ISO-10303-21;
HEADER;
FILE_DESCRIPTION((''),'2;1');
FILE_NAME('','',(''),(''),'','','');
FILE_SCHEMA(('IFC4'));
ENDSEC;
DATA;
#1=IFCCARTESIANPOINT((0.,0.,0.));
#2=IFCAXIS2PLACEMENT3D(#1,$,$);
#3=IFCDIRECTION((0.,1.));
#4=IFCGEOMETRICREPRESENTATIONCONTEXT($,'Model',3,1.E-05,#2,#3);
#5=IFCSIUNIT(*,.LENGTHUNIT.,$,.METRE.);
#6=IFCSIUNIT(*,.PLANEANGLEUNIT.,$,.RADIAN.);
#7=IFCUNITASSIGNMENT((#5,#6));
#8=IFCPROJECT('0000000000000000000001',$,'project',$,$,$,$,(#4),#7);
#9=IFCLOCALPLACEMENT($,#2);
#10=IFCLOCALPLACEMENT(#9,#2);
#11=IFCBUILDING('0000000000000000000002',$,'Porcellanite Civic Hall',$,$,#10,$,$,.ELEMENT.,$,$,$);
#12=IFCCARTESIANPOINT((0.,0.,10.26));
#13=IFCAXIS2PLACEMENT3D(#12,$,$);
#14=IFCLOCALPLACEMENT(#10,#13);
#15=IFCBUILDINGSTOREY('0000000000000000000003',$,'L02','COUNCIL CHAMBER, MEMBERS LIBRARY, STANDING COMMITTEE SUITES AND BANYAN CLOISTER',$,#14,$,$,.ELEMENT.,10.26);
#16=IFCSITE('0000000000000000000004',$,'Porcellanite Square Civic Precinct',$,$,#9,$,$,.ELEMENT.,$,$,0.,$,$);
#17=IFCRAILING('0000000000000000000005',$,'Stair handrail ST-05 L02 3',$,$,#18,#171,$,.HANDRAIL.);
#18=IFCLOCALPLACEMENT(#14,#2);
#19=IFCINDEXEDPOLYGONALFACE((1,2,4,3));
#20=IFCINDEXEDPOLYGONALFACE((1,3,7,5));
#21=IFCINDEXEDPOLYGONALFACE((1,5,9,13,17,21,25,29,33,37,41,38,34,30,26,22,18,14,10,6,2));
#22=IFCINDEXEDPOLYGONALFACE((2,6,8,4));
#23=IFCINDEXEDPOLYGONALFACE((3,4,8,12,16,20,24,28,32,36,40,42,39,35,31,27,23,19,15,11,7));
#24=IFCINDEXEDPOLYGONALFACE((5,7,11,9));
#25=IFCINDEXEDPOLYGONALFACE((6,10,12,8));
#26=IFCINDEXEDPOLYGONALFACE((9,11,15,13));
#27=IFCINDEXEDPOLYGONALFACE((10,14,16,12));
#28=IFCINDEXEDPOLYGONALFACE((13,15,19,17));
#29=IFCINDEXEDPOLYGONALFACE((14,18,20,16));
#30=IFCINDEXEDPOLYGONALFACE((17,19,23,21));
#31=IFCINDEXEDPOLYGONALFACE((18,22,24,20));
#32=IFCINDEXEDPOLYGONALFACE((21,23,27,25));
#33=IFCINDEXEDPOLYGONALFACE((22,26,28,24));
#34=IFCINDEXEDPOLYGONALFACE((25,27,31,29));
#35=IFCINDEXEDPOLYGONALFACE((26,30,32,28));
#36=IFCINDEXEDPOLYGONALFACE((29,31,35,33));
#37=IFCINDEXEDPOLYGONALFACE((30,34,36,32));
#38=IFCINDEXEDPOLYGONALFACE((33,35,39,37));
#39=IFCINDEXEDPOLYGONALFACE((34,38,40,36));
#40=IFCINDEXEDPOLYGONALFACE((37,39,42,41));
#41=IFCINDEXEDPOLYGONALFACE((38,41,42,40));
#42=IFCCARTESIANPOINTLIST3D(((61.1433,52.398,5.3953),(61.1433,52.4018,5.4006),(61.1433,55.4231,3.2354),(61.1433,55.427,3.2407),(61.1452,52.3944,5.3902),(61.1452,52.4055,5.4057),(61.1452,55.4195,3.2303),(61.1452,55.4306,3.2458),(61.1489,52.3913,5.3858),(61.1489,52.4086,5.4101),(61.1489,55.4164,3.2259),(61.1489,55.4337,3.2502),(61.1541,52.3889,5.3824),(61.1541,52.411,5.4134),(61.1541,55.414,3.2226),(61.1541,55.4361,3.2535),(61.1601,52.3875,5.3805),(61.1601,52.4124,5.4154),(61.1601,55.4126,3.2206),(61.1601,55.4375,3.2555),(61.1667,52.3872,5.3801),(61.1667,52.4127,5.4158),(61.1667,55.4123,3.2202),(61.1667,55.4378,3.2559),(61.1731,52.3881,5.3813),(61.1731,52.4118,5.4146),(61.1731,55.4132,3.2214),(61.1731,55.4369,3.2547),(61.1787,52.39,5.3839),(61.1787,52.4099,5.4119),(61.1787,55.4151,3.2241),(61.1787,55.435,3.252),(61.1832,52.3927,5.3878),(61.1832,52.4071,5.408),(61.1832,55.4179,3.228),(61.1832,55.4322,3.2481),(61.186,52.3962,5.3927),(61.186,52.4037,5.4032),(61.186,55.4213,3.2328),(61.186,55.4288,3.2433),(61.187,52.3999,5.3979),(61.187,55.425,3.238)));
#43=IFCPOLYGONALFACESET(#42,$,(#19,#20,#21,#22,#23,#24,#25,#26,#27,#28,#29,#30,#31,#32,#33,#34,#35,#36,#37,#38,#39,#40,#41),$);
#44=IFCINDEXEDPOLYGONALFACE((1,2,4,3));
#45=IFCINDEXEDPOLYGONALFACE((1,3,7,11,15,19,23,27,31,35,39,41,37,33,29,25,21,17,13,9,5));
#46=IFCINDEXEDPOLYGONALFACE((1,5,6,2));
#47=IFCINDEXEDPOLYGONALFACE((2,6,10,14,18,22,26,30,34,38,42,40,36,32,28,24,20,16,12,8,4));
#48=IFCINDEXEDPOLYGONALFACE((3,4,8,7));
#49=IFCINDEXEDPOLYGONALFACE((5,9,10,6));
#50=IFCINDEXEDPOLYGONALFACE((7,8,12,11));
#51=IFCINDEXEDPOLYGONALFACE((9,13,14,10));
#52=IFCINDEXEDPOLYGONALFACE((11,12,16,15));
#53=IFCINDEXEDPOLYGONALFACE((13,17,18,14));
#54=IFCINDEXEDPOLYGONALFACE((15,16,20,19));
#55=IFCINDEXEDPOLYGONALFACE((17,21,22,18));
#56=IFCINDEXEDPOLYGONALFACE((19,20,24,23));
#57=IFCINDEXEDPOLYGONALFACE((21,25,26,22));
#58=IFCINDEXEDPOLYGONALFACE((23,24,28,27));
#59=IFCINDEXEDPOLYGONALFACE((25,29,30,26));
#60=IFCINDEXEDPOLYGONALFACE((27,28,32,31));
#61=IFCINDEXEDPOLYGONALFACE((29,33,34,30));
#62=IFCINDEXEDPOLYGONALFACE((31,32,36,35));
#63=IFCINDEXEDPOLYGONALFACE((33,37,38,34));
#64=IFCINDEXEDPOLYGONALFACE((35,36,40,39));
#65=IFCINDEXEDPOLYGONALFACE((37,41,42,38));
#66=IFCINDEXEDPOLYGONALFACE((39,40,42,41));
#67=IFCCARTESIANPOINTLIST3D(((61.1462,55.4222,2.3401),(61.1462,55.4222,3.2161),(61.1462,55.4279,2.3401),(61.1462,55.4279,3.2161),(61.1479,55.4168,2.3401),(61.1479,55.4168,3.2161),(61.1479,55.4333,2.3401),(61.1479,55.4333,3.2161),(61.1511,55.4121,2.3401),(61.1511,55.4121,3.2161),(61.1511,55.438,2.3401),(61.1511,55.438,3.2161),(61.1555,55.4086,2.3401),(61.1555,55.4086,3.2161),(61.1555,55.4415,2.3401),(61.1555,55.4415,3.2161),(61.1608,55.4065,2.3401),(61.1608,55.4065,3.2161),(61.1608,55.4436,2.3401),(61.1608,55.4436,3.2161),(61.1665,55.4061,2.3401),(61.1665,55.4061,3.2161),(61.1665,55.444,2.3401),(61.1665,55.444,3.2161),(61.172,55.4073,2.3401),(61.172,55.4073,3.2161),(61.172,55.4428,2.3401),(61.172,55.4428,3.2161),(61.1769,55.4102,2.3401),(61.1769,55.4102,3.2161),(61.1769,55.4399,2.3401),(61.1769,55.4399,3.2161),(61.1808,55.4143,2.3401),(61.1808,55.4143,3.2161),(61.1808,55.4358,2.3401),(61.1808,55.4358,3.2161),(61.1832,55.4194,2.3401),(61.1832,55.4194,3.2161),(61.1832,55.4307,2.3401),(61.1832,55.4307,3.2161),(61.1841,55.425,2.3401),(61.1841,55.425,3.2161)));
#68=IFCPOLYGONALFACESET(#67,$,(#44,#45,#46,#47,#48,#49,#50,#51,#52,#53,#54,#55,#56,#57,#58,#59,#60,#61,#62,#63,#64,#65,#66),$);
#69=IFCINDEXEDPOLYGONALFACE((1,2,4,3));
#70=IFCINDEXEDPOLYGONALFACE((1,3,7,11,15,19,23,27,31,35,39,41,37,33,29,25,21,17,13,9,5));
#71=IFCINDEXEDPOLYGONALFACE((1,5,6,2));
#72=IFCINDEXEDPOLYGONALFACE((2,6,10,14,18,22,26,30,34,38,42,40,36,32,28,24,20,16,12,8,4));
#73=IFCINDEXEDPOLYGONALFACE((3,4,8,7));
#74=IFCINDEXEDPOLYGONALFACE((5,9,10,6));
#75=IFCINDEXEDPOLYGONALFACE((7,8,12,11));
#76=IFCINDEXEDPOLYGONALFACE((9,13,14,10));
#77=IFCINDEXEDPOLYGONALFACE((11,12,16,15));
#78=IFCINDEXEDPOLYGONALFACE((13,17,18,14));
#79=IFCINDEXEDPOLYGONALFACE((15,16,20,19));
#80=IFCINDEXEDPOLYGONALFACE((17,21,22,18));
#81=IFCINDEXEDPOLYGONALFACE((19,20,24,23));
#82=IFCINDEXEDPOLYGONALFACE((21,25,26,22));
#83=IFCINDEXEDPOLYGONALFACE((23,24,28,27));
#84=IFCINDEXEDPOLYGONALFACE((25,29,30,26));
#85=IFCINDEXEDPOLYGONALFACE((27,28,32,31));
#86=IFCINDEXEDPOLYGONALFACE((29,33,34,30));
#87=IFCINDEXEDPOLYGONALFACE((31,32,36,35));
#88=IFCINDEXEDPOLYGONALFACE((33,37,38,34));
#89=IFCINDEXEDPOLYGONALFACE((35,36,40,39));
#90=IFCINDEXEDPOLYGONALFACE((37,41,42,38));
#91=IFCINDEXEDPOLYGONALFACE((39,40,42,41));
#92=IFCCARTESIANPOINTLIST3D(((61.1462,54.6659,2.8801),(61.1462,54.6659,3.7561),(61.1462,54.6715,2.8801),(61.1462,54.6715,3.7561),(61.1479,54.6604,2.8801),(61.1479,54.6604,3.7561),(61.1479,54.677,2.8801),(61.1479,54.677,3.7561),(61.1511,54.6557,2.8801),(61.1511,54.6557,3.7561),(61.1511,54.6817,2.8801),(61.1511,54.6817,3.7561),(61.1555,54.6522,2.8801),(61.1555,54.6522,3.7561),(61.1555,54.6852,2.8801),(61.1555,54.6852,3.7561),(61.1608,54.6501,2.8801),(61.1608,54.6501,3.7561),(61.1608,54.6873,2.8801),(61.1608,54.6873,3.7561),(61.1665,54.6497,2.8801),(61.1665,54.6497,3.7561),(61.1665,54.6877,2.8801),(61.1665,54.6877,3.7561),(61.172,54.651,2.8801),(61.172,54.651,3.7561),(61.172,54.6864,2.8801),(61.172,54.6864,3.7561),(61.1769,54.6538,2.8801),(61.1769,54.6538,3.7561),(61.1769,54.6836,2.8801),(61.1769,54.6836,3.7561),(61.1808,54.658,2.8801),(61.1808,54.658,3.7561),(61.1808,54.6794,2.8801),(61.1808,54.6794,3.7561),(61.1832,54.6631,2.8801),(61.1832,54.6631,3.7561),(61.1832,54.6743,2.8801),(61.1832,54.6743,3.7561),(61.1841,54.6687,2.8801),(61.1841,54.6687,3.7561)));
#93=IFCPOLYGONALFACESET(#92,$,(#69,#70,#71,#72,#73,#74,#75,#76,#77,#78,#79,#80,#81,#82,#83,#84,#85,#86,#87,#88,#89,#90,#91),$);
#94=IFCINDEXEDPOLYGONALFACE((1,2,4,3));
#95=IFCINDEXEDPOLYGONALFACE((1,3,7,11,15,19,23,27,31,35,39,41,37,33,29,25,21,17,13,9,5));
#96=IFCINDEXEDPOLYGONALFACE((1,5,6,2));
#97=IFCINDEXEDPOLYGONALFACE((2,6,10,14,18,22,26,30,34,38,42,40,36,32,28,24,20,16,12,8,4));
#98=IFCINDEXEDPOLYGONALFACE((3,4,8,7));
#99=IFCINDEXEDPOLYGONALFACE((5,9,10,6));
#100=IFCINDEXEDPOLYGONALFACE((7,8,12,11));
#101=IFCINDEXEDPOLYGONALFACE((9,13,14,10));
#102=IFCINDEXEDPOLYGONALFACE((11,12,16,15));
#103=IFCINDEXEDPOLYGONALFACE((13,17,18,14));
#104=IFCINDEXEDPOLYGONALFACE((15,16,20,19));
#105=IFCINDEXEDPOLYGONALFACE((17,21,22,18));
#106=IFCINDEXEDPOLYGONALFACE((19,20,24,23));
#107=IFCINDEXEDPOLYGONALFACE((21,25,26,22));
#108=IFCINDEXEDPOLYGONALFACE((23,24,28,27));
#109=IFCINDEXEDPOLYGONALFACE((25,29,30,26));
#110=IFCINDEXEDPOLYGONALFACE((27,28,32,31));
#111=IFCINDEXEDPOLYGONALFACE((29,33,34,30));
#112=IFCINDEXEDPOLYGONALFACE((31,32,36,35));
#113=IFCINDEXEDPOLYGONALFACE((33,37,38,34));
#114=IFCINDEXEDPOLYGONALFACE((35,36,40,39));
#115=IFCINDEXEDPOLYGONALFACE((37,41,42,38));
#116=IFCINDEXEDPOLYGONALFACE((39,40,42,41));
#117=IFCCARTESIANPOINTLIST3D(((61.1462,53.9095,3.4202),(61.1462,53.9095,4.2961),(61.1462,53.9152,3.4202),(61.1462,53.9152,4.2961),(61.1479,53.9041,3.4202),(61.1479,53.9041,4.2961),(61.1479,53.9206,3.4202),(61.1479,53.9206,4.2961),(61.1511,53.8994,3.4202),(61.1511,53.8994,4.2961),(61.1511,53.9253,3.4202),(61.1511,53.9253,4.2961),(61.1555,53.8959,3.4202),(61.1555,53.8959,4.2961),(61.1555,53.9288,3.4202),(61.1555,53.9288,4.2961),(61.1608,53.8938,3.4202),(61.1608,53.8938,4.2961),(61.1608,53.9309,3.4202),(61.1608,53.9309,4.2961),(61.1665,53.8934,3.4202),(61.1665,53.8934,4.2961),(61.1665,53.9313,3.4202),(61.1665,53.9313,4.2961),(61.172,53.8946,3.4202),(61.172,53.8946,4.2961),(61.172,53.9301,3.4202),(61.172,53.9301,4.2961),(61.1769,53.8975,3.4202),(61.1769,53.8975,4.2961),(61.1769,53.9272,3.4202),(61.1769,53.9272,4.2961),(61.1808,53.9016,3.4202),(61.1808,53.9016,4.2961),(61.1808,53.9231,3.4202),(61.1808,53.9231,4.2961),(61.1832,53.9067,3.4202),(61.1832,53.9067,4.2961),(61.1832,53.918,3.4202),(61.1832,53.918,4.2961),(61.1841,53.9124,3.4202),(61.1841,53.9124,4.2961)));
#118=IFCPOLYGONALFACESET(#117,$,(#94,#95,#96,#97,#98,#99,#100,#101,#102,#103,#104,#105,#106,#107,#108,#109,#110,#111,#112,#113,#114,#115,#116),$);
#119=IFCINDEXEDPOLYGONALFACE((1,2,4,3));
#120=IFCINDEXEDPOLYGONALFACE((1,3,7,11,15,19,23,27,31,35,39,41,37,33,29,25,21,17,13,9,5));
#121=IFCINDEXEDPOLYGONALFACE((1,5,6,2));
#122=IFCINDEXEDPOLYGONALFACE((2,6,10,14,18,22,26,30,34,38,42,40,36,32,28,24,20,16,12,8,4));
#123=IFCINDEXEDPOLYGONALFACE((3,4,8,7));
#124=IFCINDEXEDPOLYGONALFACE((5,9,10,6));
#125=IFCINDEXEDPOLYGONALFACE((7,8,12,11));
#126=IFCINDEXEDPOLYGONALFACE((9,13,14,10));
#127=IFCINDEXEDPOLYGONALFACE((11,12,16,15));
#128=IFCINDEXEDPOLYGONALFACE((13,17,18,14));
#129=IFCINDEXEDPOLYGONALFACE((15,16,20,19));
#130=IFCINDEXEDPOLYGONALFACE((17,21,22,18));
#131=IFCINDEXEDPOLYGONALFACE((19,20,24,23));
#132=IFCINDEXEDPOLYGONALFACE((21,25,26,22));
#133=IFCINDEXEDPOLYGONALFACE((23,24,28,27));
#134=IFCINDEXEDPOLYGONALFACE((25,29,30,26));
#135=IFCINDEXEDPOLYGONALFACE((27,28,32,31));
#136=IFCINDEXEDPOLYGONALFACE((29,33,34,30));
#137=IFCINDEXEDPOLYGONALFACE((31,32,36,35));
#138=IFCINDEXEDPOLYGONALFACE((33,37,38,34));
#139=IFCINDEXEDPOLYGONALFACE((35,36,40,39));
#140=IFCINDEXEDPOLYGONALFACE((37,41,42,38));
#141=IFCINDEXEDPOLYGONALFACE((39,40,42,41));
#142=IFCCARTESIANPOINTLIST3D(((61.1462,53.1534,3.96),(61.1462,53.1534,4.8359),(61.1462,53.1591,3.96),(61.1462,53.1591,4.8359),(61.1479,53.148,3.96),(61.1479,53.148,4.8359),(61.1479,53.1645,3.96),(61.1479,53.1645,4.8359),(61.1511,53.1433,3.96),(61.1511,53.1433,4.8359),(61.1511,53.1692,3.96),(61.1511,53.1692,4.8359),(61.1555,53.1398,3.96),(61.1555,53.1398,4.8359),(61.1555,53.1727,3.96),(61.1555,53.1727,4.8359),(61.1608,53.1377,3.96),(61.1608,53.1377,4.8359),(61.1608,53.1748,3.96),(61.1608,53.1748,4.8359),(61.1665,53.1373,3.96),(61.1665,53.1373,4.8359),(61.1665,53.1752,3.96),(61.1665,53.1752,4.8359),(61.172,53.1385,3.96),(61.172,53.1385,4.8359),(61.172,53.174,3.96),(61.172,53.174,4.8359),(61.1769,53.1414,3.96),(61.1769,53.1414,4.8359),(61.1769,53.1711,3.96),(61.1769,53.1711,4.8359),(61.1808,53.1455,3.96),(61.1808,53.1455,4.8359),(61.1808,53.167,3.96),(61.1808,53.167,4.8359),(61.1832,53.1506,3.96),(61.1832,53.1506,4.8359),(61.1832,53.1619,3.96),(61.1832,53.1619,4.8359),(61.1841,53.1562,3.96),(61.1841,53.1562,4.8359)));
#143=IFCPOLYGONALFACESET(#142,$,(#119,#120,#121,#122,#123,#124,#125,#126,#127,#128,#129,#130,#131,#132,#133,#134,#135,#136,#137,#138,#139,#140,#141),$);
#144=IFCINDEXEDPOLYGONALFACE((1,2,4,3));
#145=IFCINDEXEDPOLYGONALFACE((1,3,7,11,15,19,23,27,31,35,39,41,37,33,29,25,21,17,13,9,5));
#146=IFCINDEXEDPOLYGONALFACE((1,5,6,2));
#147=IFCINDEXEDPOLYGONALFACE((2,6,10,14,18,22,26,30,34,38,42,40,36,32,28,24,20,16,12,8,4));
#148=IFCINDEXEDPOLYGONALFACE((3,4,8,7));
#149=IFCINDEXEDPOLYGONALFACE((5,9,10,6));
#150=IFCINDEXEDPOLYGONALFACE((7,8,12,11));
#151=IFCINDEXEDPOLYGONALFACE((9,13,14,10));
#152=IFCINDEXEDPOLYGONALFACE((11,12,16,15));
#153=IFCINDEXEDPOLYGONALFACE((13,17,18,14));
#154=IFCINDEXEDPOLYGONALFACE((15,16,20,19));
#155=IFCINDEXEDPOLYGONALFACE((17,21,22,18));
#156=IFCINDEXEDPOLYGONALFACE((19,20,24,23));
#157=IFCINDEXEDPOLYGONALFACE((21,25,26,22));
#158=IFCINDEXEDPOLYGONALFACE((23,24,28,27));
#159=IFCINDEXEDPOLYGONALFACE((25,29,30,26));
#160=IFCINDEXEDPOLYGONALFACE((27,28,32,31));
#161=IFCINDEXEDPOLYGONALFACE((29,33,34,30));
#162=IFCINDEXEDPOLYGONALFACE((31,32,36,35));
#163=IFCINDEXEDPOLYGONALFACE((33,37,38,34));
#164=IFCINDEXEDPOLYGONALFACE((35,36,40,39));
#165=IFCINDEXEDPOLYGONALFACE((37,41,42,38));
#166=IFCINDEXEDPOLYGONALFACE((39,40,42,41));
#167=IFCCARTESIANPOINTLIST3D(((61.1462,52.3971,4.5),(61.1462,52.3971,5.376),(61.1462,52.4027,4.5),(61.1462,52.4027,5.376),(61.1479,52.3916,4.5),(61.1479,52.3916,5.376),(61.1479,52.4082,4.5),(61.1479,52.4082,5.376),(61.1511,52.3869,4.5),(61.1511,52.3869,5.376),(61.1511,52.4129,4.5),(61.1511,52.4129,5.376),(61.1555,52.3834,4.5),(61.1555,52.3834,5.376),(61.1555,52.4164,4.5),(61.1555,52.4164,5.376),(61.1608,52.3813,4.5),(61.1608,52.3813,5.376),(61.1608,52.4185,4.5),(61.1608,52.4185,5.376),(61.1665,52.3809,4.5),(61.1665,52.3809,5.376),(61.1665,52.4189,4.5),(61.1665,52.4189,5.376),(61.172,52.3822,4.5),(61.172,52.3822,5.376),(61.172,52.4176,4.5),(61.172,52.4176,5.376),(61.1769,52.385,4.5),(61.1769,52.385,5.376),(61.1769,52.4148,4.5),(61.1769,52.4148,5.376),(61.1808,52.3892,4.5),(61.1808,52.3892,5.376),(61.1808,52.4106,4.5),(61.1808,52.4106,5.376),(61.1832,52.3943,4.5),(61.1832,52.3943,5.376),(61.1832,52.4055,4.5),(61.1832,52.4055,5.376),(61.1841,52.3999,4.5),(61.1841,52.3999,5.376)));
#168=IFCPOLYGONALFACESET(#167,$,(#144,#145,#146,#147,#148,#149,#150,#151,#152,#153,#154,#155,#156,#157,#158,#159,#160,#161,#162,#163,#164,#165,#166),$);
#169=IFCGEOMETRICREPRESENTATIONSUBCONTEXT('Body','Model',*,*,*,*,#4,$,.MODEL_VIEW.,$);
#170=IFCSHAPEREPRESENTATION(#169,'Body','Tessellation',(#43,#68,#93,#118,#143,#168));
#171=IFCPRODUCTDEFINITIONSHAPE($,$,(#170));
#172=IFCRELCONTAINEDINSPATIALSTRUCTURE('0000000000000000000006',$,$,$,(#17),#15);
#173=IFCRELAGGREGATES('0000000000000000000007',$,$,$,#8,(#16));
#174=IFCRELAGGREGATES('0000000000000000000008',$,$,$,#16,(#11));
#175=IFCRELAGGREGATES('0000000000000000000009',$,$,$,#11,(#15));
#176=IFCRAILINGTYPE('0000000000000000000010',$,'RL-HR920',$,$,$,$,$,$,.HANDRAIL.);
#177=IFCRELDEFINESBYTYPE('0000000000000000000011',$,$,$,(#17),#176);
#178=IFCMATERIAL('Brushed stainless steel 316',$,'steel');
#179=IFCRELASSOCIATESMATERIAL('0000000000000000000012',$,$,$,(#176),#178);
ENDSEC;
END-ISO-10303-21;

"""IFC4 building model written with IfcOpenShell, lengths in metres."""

from ifc_helpers import new_model, si_unit, direction, frame, origin, origin_2d, place, context, subcontext, project, spatial, circle, extrude, material, type_object, element, save


model = new_model("IFC4")

# Units and contexts
model_context = context("Model", 3, precision=1e-05, world=origin(), true_north=direction((0.0, 1.0)))
body_context = subcontext(model_context, "Body", "Model", "MODEL_VIEW")
ifc_project = project(units=[si_unit("LENGTHUNIT", "METRE"), si_unit("PLANEANGLEUNIT", "RADIAN")], contexts=[model_context])

# Site, building, storey
site_placement = place(None, origin())
site = spatial("IfcSite", under=ifc_project, at=site_placement, Name="Porcellanite Square Civic Precinct", CompositionType="ELEMENT", RefElevation=0.0)
building_placement = place(site_placement, origin())
building = spatial("IfcBuilding", under=site, at=building_placement, Name="Porcellanite Civic Hall", CompositionType="ELEMENT")
storey_placement = place(building_placement, frame((0.0, 0.0, 10.26)))
storey = spatial("IfcBuildingStorey", under=building, at=storey_placement, Name="L02", Description="COUNCIL CHAMBER, MEMBERS LIBRARY, STANDING COMMITTEE SUITES AND BANYAN CLOISTER", CompositionType="ELEMENT", Elevation=10.26)

# Railing
ifc_material_1 = material(Name="Brushed stainless steel 316", Category="steel")
railing_type_1 = type_object("IfcRailingType", Name="RL-HR920", PredefinedType="HANDRAIL", material=ifc_material_1)
railing_1_placement = place(storey_placement, frame((61.165, 55.425, 2.3401)))
element("IfcRailing", 1, at=railing_1_placement, inside=storey, type_object=railing_type_1, Name="Stair handrail ST-05 L02 3", PredefinedType="HANDRAIL", context=body_context, shape_type="SweptSolid", body=[
    extrude(circle(Radius=0.022, at=origin_2d()), frame((0.0, 0.0, 0.8979), z_axis=(0.0, -0.813849, 0.581077), x_axis=(1.0, 0.0, 0.0)), (0.0, 0.0, 1.0), 3.717),
    extrude(circle(Radius=0.019, at=origin_2d()), origin(), (0.0, 0.0, 1.0), 0.876),
    extrude(circle(Radius=0.019, at=origin_2d()), frame((0.0, -0.7563, 0.54)), (0.0, 0.0, 1.0), 0.876),
    extrude(circle(Radius=0.019, at=origin_2d()), frame((0.0, -1.5127, 1.0801)), (0.0, 0.0, 1.0), 0.876),
    extrude(circle(Radius=0.019, at=origin_2d()), frame((0.0, -2.2688, 1.6199)), (0.0, 0.0, 1.0), 0.876),
    extrude(circle(Radius=0.019, at=origin_2d()), frame((0.0, -3.0251, 2.1599)), (0.0, 0.0, 1.0), 0.876),
])

save(model, "model.ifc")
